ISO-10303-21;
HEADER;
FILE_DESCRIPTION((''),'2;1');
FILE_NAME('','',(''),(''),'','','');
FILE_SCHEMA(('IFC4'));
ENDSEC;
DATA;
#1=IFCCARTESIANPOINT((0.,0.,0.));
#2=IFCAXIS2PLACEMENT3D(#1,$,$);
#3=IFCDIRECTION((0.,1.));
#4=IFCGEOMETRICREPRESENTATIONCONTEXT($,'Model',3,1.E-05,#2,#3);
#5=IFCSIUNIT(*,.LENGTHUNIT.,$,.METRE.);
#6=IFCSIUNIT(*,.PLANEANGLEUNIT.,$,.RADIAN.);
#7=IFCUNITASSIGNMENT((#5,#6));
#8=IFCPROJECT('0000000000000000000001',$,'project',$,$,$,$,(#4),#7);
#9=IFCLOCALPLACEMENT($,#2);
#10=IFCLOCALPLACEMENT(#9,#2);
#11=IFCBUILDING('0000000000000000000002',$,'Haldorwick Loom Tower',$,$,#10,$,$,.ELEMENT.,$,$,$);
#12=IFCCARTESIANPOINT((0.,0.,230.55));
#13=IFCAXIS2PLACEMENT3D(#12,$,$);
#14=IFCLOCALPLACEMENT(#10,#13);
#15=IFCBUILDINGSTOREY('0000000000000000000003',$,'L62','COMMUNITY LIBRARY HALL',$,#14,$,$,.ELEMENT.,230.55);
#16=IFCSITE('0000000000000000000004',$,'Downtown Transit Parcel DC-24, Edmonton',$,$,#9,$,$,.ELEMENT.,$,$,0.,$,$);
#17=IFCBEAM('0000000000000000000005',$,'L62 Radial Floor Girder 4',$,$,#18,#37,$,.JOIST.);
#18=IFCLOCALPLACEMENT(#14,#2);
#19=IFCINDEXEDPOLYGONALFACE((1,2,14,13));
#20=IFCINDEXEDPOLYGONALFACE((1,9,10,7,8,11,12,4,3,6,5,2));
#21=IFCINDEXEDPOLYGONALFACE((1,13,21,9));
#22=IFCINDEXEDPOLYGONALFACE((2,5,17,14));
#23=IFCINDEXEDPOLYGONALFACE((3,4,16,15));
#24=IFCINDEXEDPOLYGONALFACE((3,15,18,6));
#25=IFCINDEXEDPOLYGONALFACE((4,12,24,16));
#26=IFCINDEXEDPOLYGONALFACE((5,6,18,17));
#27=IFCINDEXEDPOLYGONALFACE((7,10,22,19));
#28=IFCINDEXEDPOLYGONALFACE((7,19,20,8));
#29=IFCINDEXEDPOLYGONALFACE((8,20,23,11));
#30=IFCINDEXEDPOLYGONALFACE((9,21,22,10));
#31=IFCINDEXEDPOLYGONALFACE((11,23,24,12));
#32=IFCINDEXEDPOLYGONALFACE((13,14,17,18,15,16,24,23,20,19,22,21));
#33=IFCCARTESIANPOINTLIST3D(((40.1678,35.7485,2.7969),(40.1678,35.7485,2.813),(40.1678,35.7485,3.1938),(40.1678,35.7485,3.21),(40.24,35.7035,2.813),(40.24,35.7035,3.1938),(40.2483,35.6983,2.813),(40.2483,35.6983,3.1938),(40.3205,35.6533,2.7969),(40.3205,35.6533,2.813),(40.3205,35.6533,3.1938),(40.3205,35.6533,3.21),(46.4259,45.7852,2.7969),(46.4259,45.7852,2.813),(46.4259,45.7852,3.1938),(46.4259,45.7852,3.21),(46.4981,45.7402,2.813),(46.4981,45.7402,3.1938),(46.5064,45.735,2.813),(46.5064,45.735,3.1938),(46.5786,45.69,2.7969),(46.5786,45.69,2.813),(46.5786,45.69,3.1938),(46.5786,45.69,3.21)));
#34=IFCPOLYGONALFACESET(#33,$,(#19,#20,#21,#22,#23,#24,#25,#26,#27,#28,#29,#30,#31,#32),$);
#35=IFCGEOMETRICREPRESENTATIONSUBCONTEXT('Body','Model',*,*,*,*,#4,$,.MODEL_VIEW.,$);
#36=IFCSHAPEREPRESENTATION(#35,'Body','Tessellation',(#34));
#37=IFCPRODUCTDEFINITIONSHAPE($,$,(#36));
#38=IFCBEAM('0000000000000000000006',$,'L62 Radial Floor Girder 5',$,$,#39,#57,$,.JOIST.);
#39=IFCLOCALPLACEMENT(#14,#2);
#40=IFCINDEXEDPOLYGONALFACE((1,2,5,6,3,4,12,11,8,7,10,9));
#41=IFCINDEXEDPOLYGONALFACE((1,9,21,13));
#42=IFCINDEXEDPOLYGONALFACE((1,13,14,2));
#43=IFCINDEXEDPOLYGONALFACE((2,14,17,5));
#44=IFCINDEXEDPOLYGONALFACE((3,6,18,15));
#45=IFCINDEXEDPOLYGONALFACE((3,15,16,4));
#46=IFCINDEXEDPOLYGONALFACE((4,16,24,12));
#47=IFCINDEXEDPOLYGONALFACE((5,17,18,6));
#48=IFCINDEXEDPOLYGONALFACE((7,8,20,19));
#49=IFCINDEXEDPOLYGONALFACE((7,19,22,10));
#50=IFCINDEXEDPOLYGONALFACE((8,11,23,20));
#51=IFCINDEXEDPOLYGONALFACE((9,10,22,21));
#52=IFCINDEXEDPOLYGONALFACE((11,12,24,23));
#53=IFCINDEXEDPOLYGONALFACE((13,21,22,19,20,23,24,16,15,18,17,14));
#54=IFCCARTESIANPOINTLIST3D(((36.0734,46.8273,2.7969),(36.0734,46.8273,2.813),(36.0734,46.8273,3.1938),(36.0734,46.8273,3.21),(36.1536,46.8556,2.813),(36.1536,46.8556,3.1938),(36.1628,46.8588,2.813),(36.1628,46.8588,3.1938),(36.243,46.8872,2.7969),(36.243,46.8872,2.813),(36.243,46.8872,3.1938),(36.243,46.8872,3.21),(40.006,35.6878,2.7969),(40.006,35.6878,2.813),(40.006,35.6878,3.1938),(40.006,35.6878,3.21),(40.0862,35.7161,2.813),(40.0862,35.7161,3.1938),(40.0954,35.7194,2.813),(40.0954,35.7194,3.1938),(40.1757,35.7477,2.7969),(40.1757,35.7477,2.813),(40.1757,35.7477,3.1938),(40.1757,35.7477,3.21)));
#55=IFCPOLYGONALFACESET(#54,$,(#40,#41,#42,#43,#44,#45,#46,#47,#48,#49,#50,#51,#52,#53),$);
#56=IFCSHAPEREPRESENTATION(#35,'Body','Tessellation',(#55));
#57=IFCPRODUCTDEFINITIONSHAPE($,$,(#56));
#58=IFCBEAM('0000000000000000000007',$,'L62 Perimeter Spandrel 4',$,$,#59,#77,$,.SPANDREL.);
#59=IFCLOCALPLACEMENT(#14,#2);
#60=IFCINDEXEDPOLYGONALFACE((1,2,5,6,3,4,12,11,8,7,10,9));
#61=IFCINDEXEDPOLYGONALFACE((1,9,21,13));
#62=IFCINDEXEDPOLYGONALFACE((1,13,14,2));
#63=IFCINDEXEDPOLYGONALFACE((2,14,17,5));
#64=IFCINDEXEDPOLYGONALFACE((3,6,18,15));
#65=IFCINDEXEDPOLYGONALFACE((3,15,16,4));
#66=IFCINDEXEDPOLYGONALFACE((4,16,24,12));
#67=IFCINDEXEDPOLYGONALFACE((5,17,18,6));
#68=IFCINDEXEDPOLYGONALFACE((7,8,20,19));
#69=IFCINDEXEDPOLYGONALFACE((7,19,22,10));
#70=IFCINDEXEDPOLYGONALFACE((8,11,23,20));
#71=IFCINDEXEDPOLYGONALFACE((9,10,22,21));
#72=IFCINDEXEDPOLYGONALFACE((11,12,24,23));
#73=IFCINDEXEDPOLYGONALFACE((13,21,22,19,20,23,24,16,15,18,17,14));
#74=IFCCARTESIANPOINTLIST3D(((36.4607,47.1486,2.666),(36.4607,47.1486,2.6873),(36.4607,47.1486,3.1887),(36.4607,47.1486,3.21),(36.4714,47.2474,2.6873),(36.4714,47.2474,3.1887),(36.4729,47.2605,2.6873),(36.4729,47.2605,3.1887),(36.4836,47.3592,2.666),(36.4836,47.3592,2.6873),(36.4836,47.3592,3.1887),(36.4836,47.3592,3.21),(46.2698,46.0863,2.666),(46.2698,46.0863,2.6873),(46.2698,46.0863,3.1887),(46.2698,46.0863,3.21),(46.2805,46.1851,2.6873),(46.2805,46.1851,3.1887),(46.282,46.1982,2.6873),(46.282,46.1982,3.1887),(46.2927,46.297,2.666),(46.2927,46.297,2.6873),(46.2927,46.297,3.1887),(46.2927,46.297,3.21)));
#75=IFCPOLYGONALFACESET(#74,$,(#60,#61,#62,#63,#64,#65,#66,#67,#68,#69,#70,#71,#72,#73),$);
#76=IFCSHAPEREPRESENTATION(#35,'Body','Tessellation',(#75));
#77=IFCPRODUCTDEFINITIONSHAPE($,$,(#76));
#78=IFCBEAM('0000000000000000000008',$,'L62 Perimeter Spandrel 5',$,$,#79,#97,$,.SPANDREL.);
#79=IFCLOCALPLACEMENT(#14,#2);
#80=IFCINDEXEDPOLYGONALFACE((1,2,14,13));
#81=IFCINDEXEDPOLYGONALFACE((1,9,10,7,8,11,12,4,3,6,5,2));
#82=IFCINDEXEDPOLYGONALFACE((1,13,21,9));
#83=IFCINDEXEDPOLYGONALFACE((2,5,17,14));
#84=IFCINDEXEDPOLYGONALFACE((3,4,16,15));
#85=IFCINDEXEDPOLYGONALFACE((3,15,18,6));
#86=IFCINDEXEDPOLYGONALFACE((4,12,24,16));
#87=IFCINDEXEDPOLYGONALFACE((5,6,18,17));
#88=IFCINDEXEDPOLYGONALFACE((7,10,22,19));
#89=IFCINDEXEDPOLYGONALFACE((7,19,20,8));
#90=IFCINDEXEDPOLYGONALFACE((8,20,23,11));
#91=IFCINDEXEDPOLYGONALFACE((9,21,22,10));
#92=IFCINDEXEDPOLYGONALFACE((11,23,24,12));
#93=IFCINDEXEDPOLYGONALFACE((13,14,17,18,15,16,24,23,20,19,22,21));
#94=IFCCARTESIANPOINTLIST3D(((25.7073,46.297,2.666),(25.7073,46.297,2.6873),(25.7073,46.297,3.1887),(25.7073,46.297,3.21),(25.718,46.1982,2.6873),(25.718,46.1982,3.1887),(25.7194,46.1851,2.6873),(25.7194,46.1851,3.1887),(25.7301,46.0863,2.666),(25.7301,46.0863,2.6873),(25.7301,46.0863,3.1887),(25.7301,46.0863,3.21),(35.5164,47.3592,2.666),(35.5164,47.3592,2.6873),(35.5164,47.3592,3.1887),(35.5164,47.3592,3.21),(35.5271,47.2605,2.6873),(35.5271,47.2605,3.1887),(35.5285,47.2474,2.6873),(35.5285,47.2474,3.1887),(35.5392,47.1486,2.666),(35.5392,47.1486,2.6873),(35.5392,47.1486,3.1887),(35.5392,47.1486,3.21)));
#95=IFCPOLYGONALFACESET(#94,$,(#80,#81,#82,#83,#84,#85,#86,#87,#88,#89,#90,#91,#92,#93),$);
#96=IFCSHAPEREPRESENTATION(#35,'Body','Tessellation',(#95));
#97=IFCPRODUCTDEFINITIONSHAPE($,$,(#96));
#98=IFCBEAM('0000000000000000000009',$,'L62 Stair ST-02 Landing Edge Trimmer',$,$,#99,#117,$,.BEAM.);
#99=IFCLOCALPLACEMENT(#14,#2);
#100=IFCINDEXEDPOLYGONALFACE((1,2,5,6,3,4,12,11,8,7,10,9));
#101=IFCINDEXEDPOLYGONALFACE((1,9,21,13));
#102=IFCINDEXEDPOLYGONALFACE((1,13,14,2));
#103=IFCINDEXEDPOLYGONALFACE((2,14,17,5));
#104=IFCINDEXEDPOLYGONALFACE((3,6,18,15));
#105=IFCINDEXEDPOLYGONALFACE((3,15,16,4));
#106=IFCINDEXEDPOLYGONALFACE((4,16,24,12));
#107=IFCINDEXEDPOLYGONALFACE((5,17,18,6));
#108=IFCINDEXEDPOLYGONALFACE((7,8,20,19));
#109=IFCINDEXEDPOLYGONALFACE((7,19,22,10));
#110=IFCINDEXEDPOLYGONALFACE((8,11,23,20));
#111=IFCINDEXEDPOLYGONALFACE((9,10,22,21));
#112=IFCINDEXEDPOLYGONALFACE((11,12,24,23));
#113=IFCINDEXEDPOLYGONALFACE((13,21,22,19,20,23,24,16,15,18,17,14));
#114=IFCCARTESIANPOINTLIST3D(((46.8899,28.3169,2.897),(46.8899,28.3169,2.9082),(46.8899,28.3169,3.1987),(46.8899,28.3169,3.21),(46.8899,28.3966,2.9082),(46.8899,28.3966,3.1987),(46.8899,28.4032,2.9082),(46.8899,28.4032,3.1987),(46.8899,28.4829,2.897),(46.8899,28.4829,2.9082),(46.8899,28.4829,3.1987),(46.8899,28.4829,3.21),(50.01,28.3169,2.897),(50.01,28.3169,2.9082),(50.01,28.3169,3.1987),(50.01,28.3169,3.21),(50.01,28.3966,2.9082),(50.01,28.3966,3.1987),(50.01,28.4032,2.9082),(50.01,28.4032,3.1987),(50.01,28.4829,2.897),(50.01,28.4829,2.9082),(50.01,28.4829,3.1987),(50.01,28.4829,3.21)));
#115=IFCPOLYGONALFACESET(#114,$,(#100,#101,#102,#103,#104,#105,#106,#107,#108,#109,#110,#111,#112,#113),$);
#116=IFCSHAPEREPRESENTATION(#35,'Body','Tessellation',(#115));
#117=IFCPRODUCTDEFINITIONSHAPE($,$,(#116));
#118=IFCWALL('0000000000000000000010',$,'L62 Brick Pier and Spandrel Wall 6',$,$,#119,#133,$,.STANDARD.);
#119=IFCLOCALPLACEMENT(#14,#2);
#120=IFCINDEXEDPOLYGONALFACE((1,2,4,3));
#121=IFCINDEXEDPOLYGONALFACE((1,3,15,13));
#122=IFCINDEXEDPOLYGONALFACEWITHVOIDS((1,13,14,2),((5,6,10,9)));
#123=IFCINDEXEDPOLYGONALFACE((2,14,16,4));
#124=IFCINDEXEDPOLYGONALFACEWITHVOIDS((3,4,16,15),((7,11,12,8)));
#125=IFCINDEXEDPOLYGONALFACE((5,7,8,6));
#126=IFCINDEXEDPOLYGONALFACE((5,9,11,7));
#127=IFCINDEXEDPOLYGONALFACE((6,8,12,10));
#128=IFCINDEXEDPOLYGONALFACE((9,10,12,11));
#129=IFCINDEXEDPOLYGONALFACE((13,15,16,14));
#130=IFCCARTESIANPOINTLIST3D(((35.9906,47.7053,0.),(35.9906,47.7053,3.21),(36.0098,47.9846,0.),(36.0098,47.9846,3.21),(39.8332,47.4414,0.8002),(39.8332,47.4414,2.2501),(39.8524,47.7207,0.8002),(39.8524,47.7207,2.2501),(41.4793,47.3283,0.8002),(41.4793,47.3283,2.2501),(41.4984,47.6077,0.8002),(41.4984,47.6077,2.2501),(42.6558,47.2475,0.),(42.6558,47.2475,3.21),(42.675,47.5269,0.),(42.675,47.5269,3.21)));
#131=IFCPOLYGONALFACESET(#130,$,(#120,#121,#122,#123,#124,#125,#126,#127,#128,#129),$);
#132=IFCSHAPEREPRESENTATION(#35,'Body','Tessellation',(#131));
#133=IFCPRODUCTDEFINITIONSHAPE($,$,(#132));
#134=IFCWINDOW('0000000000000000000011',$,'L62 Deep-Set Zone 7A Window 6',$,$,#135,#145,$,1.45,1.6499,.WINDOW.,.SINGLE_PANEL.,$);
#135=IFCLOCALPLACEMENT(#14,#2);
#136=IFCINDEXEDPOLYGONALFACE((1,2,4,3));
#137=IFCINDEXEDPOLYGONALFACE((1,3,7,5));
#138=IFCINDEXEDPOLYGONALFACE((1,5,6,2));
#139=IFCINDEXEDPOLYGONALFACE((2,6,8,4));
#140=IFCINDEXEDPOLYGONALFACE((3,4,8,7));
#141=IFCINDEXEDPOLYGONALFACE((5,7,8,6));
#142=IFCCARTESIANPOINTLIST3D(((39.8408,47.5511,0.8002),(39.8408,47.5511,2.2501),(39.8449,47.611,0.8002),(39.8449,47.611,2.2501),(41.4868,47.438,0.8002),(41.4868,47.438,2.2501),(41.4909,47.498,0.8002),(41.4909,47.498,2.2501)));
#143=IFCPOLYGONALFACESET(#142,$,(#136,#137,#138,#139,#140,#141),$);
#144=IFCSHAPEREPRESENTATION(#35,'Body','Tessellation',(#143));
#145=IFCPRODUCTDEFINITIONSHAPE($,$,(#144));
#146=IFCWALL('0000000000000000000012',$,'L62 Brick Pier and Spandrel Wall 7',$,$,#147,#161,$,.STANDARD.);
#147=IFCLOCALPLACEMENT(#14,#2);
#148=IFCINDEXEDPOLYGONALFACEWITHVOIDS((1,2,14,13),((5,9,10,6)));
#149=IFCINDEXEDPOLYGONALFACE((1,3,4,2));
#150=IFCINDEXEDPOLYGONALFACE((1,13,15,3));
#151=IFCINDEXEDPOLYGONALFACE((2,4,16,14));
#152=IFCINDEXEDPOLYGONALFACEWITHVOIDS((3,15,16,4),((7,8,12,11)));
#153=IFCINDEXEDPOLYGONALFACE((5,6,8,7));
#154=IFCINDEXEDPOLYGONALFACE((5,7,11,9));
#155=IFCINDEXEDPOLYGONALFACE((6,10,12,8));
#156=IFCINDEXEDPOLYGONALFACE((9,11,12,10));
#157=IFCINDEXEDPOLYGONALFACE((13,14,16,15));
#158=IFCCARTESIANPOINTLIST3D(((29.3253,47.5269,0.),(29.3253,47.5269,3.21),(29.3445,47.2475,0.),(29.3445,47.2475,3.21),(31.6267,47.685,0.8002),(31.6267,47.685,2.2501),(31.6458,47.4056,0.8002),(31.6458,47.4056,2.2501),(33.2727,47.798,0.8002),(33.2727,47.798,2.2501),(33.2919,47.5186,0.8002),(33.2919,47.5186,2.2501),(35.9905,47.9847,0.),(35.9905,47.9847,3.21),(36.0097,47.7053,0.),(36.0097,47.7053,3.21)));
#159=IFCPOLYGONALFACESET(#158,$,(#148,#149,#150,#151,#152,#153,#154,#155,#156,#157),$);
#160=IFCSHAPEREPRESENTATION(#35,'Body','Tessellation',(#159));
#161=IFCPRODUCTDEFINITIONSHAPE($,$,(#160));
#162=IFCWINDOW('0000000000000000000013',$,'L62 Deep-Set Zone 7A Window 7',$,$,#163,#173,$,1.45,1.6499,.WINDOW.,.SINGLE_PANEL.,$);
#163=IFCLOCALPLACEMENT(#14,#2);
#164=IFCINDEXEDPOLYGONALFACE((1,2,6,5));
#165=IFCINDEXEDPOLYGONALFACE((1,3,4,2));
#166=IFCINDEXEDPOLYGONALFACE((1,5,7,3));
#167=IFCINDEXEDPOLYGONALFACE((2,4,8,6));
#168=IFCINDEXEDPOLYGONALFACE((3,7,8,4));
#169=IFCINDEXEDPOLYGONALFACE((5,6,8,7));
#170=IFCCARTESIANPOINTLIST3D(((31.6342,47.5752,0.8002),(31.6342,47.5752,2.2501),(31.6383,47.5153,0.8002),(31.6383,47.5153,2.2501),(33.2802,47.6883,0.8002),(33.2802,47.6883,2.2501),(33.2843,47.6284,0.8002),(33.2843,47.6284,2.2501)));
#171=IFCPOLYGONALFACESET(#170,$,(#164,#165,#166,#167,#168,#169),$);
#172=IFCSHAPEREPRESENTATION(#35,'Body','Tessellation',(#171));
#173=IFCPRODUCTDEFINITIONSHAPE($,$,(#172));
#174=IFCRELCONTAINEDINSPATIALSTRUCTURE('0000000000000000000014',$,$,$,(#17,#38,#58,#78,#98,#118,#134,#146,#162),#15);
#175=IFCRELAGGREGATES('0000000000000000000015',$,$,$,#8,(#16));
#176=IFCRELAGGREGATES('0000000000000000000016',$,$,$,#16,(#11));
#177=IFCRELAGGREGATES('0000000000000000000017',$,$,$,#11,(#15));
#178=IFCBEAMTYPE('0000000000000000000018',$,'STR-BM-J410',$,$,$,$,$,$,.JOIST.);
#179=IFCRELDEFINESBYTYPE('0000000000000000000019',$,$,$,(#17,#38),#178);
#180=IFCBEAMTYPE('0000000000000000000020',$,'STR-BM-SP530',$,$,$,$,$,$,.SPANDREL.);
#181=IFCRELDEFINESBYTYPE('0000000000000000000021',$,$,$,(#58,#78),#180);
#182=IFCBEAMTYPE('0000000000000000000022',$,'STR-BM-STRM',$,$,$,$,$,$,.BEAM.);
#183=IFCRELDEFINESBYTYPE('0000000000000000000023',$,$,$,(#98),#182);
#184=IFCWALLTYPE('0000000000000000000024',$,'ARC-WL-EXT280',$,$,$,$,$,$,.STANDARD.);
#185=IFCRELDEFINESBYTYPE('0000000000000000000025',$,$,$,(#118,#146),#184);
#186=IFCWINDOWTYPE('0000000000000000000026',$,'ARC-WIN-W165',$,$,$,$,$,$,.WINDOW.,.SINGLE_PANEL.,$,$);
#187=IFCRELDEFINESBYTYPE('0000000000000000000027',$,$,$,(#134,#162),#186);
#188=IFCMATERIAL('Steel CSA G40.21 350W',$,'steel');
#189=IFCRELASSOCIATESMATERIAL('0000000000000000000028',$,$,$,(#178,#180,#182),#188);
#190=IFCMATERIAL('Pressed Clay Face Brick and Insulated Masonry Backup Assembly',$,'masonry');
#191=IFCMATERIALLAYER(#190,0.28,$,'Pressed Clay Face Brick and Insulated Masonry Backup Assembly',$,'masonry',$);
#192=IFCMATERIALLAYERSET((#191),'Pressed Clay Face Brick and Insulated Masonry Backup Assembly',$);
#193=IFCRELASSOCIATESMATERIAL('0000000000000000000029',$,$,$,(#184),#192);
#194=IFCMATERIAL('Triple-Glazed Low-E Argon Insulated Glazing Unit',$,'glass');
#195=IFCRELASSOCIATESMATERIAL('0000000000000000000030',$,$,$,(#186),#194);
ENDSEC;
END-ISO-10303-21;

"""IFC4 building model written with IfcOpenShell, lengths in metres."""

from ifc_helpers import new_model, si_unit, direction, frame, frame_2d, origin, origin_2d, place, context, subcontext, project, spatial, rectangle, i_section, extrude, material, layer, layer_set, material_profile, profile_set, type_object, element, fill, save


model = new_model("IFC4")

# Units and contexts
model_context = context("Model", 3, precision=1e-05, world=origin(), true_north=direction((0.0, 1.0)))
body_context = subcontext(model_context, "Body", "Model", "MODEL_VIEW")
ifc_project = project(units=[si_unit("LENGTHUNIT", "METRE"), si_unit("PLANEANGLEUNIT", "RADIAN")], contexts=[model_context])

# Site, building, storey
site_placement = place(None, origin())
site = spatial("IfcSite", under=ifc_project, at=site_placement, Name="Downtown Transit Parcel DC-24, Edmonton", CompositionType="ELEMENT", RefElevation=0.0)
building_placement = place(site_placement, origin())
building = spatial("IfcBuilding", under=site, at=building_placement, Name="Haldorwick Loom Tower", CompositionType="ELEMENT")
storey_placement = place(building_placement, frame((0.0, 0.0, 230.55)))
storey = spatial("IfcBuildingStorey", under=building, at=storey_placement, Name="L62", Description="COMMUNITY LIBRARY HALL", CompositionType="ELEMENT", Elevation=230.55)

# Shared definitions
ifc_material_1 = material(Name="Steel CSA G40.21 350W", Category="steel")

# Beams
ifc_material_profile_1 = material_profile(ifc_material_1, i_section(OverallWidth=0.1799, OverallDepth=0.4131, WebThickness=0.0098, FlangeThickness=0.0161, at=origin_2d()), Name="W410X74", Category="steel")
ifc_profile_set_1 = profile_set([ifc_material_profile_1], Name="Steel CSA G40.21 350W")
beam_type_1 = type_object("IfcBeamType", Name="STR-BM-J410", PredefinedType="JOIST", material=ifc_profile_set_1)
beam_1_placement = place(storey_placement, frame((40.2441, 35.7009, 3.0034), z_axis=(0.529097, 0.848561, 0.0), x_axis=(-0.848561, 0.529097, 0.0)))
element("IfcBeam", 1, at=beam_1_placement, inside=storey, type_object=beam_type_1, Name="L62 Radial Floor Girder 4", PredefinedType="JOIST", context=body_context, shape_type="SweptSolid", body=[
    extrude(i_section(OverallWidth=0.1799, OverallDepth=0.4131, WebThickness=0.0098, FlangeThickness=0.0161, at=origin_2d()), origin(), (0.0, 0.0, 1.0), 11.8279),
])
beam_2_placement = place(storey_placement, frame((40.0908, 35.7178, 3.0034), z_axis=(-0.3329, 0.942962, 0.0), x_axis=(-0.942962, -0.3329, 0.0)))
element("IfcBeam", 2, at=beam_2_placement, inside=storey, type_object=beam_type_1, Name="L62 Radial Floor Girder 5", PredefinedType="JOIST", context=body_context, shape_type="SweptSolid", body=[
    extrude(i_section(OverallWidth=0.1799, OverallDepth=0.4131, WebThickness=0.0098, FlangeThickness=0.0161, at=origin_2d()), origin(), (0.0, 0.0, 1.0), 11.8132),
])
ifc_material_profile_2 = material_profile(ifc_material_1, i_section(OverallWidth=0.2119, OverallDepth=0.5439, WebThickness=0.0132, FlangeThickness=0.0212, at=origin_2d()), Name="W530X123", Category="steel")
ifc_profile_set_2 = profile_set([ifc_material_profile_2], Name="Steel CSA G40.21 350W")
beam_type_2 = type_object("IfcBeamType", Name="STR-BM-SP530", PredefinedType="SPANDREL", material=ifc_profile_set_2)
for number, where, z_axis, x_axis, name in (
    (3, (46.2812, 46.1917, 2.938), (-0.994187, 0.107664, 0.0), (-0.107664, -0.994187, 0.0), "L62 Perimeter Spandrel 4"),
    (4, (35.5278, 47.2539, 2.938), (-0.994187, -0.107664, 0.0), (0.107664, -0.994187, 0.0), "L62 Perimeter Spandrel 5"),
):
    element("IfcBeam", number, at=place(storey_placement, frame(where, z_axis=z_axis, x_axis=x_axis)), inside=storey, type_object=beam_type_2, Name=name, PredefinedType="SPANDREL", context=body_context, shape_type="SweptSolid", body=[
        extrude(i_section(OverallWidth=0.2119, OverallDepth=0.5439, WebThickness=0.0132, FlangeThickness=0.0212, at=origin_2d()), origin(), (0.0, 0.0, 1.0), 9.8665),
    ])
ifc_material_profile_3 = material_profile(ifc_material_1, i_section(OverallWidth=0.166, OverallDepth=0.313, WebThickness=0.0066, FlangeThickness=0.0112, at=origin_2d()), Name="W310X45", Category="steel")
ifc_profile_set_3 = profile_set([ifc_material_profile_3], Name="Steel CSA G40.21 350W")
beam_type_3 = type_object("IfcBeamType", Name="STR-BM-STRM", PredefinedType="BEAM", material=ifc_profile_set_3)
beam_3_placement = place(storey_placement, frame((46.8899, 28.3999, 3.0535), z_axis=(1.0, 0.0, 0.0), x_axis=(0.0, 1.0, 0.0)))
element("IfcBeam", 5, at=beam_3_placement, inside=storey, type_object=beam_type_3, Name="L62 Stair ST-02 Landing Edge Trimmer", PredefinedType="BEAM", context=body_context, shape_type="SweptSolid", body=[
    extrude(i_section(OverallWidth=0.166, OverallDepth=0.313, WebThickness=0.0066, FlangeThickness=0.0112, at=origin_2d()), origin(), (0.0, 0.0, 1.0), 3.1201),
])

# Walls, openings, windows
ifc_material_2 = material(Name="Pressed Clay Face Brick and Insulated Masonry Backup Assembly", Category="masonry")
ifc_layer_1 = layer(ifc_material_2, 0.28, Name="Pressed Clay Face Brick and Insulated Masonry Backup Assembly", Category="masonry")
ifc_layer_set_1 = layer_set([ifc_layer_1], Name="Pressed Clay Face Brick and Insulated Masonry Backup Assembly")
wall_type_1 = type_object("IfcWallType", Name="ARC-WL-EXT280", PredefinedType="STANDARD", material=ifc_layer_set_1)
wall_1_placement = place(storey_placement, frame((42.6653, 47.3872, 0.0), z_axis=(0.0, 0.0, 1.0), x_axis=(-0.99765, 0.068517, 0.0)))
wall_1 = element("IfcWall", 6, at=wall_1_placement, inside=storey, type_object=wall_type_1, Name="L62 Brick Pier and Spandrel Wall 6", PredefinedType="STANDARD", context=body_context, shape_type="SweptSolid", body=[
    extrude(rectangle(XDim=6.6809, YDim=0.28, at=frame_2d((3.3403, 0.0))), origin(), (0.0, 0.0, 1.0), 3.21),
])
opening_1_placement = place(wall_1_placement, frame((1.1792, 0.0, 0.8)))
opening_1 = element("IfcOpeningElement", 7, at=opening_1_placement, cuts=wall_1, PredefinedType="OPENING", context=body_context, shape_type="SweptSolid", body=[
    extrude(rectangle(XDim=1.6499, YDim=1.45, at=frame_2d((0.825, 0.7251))), frame((0.0, 0.1499, 0.0), z_axis=(0.0, -1.0, 0.0), x_axis=(1.0, 0.0, 0.0)), (0.0, 0.0, 1.0), 0.3),
])
ifc_material_3 = material(Name="Triple-Glazed Low-E Argon Insulated Glazing Unit", Category="glass")
window_type = type_object("IfcWindowType", Name="ARC-WIN-W165", PartitioningType="SINGLE_PANEL", PredefinedType="WINDOW", material=ifc_material_3)
window_1_placement = place(opening_1_placement, origin())
window_1 = element("IfcWindow", 8, at=window_1_placement, inside=storey, type_object=window_type, Name="L62 Deep-Set Zone 7A Window 6", OverallHeight=1.45, OverallWidth=1.6499, PartitioningType="SINGLE_PANEL", PredefinedType="WINDOW", context=body_context, shape_type="SweptSolid", body=[
    extrude(rectangle(XDim=1.6499, YDim=1.45, at=frame_2d((0.825, 0.7251))), frame((0.0, 0.03, 0.0), z_axis=(0.0, -1.0, 0.0), x_axis=(1.0, 0.0, 0.0)), (0.0, 0.0, 1.0), 0.0601),
])
fill(opening_1, window_1)
wall_2_placement = place(storey_placement, frame((36.0, 47.845, 0.0), z_axis=(0.0, 0.0, 1.0), x_axis=(-0.99765, -0.068517, 0.0)))
wall_2 = element("IfcWall", 9, at=wall_2_placement, inside=storey, type_object=wall_type_1, Name="L62 Brick Pier and Spandrel Wall 7", PredefinedType="STANDARD", context=body_context, shape_type="SweptSolid", body=[
    extrude(rectangle(XDim=6.6809, YDim=0.28, at=frame_2d((3.3403, 0.0))), origin(), (0.0, 0.0, 1.0), 3.21),
])
opening_2_placement = place(wall_2_placement, frame((2.7241, 0.0, 0.8)))
opening_2 = element("IfcOpeningElement", 10, at=opening_2_placement, cuts=wall_2, PredefinedType="OPENING", context=body_context, shape_type="SweptSolid", body=[
    extrude(rectangle(XDim=1.6499, YDim=1.45, at=frame_2d((0.825, 0.7251))), frame((0.0, 0.1499, 0.0), z_axis=(0.0, -1.0, 0.0), x_axis=(1.0, 0.0, 0.0)), (0.0, 0.0, 1.0), 0.3),
])
window_2_placement = place(opening_2_placement, origin())
window_2 = element("IfcWindow", 11, at=window_2_placement, inside=storey, type_object=window_type, Name="L62 Deep-Set Zone 7A Window 7", OverallHeight=1.45, OverallWidth=1.6499, PartitioningType="SINGLE_PANEL", PredefinedType="WINDOW", context=body_context, shape_type="SweptSolid", body=[
    extrude(rectangle(XDim=1.6499, YDim=1.45, at=frame_2d((0.825, 0.7251))), frame((0.0, 0.03, 0.0), z_axis=(0.0, -1.0, 0.0), x_axis=(1.0, 0.0, 0.0)), (0.0, 0.0, 1.0), 0.0601),
])
fill(opening_2, window_2)

save(model, "model.ifc")
